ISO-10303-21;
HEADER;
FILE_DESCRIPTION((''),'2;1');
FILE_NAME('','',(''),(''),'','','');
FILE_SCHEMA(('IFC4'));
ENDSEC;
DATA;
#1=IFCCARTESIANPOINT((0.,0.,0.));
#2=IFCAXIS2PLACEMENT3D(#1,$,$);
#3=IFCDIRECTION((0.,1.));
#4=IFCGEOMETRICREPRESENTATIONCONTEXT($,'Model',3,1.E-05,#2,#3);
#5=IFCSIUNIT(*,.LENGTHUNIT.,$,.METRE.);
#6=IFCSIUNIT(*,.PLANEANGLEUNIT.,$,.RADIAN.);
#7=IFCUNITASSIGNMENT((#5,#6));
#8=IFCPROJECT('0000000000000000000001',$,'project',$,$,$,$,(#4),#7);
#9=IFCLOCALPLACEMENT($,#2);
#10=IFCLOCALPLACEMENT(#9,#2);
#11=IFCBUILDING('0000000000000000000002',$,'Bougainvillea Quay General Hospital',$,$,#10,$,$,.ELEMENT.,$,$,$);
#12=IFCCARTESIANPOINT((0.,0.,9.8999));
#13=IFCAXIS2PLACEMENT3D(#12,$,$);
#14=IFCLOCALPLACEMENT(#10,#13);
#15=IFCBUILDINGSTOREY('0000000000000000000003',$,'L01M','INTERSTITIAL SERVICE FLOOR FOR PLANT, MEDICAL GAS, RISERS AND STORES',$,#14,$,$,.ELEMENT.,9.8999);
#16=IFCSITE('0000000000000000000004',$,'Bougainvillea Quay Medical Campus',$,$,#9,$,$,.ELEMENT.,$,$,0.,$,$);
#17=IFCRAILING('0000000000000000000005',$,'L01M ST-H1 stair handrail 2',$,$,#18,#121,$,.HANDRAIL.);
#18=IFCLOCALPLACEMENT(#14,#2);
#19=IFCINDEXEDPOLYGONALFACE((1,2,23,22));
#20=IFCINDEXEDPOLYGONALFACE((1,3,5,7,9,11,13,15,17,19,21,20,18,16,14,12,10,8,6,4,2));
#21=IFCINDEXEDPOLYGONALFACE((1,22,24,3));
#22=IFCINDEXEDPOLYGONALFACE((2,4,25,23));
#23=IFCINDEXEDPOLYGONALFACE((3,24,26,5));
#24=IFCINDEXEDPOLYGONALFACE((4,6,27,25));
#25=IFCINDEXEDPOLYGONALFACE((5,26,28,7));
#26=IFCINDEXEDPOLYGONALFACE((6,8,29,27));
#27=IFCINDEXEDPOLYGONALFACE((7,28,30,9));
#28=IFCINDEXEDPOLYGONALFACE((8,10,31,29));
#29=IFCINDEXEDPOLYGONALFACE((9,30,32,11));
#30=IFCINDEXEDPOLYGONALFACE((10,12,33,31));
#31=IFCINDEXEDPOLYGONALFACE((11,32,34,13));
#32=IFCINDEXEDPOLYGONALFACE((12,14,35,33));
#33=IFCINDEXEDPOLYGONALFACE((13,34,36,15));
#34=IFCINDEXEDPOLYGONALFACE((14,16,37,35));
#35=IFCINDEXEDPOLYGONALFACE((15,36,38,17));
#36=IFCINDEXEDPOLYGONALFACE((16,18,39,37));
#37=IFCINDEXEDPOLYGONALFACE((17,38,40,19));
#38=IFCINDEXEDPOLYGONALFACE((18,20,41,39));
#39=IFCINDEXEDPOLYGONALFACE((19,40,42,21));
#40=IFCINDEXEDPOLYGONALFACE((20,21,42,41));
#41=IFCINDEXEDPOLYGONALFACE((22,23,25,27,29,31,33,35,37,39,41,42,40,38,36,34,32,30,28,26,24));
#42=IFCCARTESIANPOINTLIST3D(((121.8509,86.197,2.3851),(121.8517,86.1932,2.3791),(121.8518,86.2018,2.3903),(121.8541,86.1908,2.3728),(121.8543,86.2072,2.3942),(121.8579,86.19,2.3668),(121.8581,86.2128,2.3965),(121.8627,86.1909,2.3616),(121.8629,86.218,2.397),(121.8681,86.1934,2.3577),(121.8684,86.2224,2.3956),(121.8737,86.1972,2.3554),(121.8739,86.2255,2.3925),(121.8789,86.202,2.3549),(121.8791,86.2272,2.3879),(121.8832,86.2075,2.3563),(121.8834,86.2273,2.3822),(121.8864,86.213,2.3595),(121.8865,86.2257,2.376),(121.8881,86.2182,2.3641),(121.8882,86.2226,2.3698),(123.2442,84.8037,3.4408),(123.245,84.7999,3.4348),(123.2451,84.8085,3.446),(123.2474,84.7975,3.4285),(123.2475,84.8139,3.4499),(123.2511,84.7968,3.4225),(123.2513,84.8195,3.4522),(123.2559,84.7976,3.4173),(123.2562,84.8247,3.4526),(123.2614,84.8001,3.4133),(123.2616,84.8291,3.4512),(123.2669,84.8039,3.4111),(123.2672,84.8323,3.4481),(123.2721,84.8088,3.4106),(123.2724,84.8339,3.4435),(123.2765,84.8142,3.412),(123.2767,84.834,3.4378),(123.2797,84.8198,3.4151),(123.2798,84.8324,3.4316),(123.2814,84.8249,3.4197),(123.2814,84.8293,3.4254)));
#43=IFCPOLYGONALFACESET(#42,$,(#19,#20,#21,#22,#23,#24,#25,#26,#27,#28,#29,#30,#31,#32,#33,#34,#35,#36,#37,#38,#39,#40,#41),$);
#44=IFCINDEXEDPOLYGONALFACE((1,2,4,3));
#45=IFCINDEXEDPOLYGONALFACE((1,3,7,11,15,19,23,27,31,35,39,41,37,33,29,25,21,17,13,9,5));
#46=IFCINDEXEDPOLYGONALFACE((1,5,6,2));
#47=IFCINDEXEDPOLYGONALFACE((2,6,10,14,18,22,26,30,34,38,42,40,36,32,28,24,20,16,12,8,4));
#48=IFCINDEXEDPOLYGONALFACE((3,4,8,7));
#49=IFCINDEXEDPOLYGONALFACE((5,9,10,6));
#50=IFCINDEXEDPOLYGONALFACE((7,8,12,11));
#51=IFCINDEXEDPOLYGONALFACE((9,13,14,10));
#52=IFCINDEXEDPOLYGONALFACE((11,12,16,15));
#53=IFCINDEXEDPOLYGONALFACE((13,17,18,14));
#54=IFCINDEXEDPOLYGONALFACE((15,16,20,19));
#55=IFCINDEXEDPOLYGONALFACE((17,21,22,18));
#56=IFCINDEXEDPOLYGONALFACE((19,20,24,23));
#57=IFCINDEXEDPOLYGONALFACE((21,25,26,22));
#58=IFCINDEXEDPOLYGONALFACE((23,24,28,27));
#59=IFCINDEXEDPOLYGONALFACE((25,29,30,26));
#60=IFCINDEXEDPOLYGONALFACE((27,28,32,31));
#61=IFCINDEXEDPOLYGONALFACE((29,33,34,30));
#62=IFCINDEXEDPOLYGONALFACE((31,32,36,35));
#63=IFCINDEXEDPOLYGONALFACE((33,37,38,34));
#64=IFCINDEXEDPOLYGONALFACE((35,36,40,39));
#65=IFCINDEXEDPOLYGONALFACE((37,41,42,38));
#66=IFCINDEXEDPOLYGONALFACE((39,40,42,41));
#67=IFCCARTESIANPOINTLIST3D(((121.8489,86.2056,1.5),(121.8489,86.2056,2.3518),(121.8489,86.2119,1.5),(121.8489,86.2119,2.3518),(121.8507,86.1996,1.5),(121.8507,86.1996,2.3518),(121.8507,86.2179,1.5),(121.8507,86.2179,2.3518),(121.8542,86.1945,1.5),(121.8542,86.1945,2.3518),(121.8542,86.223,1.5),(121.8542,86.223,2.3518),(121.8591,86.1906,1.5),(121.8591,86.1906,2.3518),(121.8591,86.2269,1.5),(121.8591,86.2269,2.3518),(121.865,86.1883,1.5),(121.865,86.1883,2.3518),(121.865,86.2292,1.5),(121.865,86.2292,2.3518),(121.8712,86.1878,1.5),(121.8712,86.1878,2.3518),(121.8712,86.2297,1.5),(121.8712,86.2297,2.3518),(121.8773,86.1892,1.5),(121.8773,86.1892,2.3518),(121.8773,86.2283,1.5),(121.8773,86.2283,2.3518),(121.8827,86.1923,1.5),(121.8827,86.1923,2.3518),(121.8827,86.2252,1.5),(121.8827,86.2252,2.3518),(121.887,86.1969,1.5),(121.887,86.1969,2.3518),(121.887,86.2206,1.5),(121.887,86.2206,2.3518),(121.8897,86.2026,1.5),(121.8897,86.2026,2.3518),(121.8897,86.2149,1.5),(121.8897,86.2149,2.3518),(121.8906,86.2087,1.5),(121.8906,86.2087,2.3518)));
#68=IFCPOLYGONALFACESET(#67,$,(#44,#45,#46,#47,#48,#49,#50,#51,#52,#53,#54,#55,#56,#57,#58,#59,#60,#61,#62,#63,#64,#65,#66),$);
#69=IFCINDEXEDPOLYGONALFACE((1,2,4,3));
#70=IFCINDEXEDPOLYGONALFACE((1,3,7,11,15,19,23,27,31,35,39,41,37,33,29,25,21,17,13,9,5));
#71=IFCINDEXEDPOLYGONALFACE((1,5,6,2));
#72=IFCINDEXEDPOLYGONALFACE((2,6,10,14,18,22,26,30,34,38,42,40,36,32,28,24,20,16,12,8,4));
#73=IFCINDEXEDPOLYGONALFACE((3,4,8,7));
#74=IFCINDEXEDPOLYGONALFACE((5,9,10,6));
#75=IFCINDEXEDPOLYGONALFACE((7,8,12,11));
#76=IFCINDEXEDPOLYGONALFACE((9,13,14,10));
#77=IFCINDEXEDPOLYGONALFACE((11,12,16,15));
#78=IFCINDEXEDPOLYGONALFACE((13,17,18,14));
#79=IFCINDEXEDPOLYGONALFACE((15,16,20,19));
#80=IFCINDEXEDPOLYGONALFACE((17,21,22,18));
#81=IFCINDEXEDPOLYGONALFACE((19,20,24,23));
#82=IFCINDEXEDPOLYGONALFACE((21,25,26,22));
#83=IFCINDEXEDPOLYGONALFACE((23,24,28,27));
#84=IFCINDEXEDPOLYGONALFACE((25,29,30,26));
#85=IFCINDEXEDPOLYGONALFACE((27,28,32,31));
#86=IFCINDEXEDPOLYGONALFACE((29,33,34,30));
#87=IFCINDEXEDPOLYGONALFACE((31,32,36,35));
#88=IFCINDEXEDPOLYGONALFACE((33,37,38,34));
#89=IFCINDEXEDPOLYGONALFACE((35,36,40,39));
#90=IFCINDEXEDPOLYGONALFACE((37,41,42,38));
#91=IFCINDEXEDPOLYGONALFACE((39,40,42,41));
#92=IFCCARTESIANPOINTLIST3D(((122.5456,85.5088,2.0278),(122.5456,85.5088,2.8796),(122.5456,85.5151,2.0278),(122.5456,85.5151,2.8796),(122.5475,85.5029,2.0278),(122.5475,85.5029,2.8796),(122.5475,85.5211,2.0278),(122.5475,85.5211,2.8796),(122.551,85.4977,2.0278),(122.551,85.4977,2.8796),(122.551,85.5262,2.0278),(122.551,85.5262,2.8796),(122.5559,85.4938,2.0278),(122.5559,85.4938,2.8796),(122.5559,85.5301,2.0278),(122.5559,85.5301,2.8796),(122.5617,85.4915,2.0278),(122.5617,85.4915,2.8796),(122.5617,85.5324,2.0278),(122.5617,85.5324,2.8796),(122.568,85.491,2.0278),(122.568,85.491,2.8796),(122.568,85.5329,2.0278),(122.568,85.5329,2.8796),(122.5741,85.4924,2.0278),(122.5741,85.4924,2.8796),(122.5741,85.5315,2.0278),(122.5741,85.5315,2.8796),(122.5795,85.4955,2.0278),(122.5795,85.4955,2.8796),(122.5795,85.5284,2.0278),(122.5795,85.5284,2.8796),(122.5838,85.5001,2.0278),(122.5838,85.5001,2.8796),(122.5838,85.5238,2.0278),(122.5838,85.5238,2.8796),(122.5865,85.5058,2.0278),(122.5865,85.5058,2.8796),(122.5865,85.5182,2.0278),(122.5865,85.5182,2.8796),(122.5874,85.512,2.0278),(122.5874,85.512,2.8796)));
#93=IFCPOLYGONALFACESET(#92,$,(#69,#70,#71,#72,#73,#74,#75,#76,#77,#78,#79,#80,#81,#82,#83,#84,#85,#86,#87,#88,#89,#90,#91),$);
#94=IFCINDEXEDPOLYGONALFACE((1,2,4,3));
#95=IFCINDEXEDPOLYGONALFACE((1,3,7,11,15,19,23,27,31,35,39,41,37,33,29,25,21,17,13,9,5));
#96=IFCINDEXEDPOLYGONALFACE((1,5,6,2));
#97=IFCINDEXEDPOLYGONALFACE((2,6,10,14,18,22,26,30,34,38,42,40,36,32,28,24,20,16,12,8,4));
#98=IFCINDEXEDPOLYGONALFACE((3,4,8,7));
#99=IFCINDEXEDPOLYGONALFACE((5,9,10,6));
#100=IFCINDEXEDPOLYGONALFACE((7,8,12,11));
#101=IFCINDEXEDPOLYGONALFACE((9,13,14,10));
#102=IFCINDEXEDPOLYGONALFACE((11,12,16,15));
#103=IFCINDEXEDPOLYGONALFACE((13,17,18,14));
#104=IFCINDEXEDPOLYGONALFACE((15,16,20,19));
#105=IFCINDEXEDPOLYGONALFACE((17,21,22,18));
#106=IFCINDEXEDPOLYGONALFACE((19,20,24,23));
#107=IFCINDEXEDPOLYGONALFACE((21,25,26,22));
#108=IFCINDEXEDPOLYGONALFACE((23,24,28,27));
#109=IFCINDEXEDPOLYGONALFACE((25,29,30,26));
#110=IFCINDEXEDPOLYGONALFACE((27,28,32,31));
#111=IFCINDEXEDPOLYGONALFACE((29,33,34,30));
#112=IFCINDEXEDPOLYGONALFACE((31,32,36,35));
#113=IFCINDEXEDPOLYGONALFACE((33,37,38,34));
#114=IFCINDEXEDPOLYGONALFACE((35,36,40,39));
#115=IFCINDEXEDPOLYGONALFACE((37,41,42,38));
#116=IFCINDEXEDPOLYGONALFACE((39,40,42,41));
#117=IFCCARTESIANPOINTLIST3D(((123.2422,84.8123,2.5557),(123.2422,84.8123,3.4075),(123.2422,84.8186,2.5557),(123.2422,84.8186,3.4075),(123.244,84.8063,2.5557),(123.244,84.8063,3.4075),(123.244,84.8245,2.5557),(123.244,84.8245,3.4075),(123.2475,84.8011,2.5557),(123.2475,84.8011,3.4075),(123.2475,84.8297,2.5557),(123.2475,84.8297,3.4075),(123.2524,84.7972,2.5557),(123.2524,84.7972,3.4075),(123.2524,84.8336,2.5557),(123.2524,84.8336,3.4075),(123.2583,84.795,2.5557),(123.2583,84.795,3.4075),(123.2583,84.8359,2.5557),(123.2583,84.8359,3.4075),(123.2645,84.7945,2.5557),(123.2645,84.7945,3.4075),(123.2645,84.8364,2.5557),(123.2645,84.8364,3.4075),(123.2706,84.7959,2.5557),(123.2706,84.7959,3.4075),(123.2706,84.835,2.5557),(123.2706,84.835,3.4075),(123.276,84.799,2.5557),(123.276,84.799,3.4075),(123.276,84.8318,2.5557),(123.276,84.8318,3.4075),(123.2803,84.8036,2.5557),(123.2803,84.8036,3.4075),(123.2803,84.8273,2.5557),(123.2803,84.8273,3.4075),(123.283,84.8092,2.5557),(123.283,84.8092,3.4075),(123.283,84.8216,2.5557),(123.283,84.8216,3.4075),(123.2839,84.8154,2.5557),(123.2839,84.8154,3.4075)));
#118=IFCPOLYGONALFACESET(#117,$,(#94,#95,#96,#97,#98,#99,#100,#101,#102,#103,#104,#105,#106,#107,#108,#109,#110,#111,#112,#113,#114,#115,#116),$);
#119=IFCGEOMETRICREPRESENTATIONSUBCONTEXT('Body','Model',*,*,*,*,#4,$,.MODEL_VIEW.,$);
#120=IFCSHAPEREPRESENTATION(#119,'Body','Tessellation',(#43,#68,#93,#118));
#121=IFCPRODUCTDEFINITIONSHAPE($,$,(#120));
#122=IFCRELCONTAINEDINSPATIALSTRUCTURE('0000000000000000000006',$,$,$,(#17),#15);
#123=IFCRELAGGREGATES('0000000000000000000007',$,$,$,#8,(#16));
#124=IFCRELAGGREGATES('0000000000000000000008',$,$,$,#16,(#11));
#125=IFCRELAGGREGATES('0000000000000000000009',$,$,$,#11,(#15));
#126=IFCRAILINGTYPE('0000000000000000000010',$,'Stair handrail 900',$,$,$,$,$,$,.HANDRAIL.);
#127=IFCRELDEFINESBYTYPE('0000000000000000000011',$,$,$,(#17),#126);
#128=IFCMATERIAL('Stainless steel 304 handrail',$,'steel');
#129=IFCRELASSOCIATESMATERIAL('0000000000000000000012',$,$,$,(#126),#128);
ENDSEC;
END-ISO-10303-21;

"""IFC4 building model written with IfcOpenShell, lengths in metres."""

from ifc_helpers import new_model, si_unit, direction, frame, origin, origin_2d, place, context, subcontext, project, spatial, circle, extrude, material, type_object, element, save


model = new_model("IFC4")

# Units and contexts
model_context = context("Model", 3, precision=1e-05, world=origin(), true_north=direction((0.0, 1.0)))
body_context = subcontext(model_context, "Body", "Model", "MODEL_VIEW")
ifc_project = project(units=[si_unit("LENGTHUNIT", "METRE"), si_unit("PLANEANGLEUNIT", "RADIAN")], contexts=[model_context])

# Site, building, storey
site_placement = place(None, origin())
site = spatial("IfcSite", under=ifc_project, at=site_placement, Name="Bougainvillea Quay Medical Campus", CompositionType="ELEMENT", RefElevation=0.0)
building_placement = place(site_placement, origin())
building = spatial("IfcBuilding", under=site, at=building_placement, Name="Bougainvillea Quay General Hospital", CompositionType="ELEMENT")
storey_placement = place(building_placement, frame((0.0, 0.0, 9.8999)))
storey = spatial("IfcBuildingStorey", under=building, at=storey_placement, Name="L01M", Description="INTERSTITIAL SERVICE FLOOR FOR PLANT, MEDICAL GAS, RISERS AND STORES", CompositionType="ELEMENT", Elevation=9.8999)

# Railing
ifc_material_1 = material(Name="Stainless steel 304 handrail", Category="steel")
railing_type_1 = type_object("IfcRailingType", Name="Stair handrail 900", PredefinedType="HANDRAIL", material=ifc_material_1)
railing_1_placement = place(storey_placement, frame((121.8696, 86.2087, 1.5)))
element("IfcRailing", 1, at=railing_1_placement, inside=storey, type_object=railing_type_1, Name="L01M ST-H1 stair handrail 2", PredefinedType="HANDRAIL", context=body_context, shape_type="SweptSolid", body=[
    extrude(circle(Radius=0.0239, at=origin_2d()), frame((0.0, 0.0, 0.876), z_axis=(0.623291, -0.623291, 0.472246), x_axis=(0.707107, 0.707107, 0.0)), (0.0, 0.0, 1.0), 2.2354),
    extrude(circle(Radius=0.021, at=origin_2d()), origin(), (0.0, 0.0, 1.0), 0.8518),
    extrude(circle(Radius=0.021, at=origin_2d()), frame((0.6968, -0.6968, 0.5278)), (0.0, 0.0, 1.0), 0.8518),
    extrude(circle(Radius=0.021, at=origin_2d()), frame((1.3933, -1.3933, 1.0557)), (0.0, 0.0, 1.0), 0.8518),
])

save(model, "model.ifc")
